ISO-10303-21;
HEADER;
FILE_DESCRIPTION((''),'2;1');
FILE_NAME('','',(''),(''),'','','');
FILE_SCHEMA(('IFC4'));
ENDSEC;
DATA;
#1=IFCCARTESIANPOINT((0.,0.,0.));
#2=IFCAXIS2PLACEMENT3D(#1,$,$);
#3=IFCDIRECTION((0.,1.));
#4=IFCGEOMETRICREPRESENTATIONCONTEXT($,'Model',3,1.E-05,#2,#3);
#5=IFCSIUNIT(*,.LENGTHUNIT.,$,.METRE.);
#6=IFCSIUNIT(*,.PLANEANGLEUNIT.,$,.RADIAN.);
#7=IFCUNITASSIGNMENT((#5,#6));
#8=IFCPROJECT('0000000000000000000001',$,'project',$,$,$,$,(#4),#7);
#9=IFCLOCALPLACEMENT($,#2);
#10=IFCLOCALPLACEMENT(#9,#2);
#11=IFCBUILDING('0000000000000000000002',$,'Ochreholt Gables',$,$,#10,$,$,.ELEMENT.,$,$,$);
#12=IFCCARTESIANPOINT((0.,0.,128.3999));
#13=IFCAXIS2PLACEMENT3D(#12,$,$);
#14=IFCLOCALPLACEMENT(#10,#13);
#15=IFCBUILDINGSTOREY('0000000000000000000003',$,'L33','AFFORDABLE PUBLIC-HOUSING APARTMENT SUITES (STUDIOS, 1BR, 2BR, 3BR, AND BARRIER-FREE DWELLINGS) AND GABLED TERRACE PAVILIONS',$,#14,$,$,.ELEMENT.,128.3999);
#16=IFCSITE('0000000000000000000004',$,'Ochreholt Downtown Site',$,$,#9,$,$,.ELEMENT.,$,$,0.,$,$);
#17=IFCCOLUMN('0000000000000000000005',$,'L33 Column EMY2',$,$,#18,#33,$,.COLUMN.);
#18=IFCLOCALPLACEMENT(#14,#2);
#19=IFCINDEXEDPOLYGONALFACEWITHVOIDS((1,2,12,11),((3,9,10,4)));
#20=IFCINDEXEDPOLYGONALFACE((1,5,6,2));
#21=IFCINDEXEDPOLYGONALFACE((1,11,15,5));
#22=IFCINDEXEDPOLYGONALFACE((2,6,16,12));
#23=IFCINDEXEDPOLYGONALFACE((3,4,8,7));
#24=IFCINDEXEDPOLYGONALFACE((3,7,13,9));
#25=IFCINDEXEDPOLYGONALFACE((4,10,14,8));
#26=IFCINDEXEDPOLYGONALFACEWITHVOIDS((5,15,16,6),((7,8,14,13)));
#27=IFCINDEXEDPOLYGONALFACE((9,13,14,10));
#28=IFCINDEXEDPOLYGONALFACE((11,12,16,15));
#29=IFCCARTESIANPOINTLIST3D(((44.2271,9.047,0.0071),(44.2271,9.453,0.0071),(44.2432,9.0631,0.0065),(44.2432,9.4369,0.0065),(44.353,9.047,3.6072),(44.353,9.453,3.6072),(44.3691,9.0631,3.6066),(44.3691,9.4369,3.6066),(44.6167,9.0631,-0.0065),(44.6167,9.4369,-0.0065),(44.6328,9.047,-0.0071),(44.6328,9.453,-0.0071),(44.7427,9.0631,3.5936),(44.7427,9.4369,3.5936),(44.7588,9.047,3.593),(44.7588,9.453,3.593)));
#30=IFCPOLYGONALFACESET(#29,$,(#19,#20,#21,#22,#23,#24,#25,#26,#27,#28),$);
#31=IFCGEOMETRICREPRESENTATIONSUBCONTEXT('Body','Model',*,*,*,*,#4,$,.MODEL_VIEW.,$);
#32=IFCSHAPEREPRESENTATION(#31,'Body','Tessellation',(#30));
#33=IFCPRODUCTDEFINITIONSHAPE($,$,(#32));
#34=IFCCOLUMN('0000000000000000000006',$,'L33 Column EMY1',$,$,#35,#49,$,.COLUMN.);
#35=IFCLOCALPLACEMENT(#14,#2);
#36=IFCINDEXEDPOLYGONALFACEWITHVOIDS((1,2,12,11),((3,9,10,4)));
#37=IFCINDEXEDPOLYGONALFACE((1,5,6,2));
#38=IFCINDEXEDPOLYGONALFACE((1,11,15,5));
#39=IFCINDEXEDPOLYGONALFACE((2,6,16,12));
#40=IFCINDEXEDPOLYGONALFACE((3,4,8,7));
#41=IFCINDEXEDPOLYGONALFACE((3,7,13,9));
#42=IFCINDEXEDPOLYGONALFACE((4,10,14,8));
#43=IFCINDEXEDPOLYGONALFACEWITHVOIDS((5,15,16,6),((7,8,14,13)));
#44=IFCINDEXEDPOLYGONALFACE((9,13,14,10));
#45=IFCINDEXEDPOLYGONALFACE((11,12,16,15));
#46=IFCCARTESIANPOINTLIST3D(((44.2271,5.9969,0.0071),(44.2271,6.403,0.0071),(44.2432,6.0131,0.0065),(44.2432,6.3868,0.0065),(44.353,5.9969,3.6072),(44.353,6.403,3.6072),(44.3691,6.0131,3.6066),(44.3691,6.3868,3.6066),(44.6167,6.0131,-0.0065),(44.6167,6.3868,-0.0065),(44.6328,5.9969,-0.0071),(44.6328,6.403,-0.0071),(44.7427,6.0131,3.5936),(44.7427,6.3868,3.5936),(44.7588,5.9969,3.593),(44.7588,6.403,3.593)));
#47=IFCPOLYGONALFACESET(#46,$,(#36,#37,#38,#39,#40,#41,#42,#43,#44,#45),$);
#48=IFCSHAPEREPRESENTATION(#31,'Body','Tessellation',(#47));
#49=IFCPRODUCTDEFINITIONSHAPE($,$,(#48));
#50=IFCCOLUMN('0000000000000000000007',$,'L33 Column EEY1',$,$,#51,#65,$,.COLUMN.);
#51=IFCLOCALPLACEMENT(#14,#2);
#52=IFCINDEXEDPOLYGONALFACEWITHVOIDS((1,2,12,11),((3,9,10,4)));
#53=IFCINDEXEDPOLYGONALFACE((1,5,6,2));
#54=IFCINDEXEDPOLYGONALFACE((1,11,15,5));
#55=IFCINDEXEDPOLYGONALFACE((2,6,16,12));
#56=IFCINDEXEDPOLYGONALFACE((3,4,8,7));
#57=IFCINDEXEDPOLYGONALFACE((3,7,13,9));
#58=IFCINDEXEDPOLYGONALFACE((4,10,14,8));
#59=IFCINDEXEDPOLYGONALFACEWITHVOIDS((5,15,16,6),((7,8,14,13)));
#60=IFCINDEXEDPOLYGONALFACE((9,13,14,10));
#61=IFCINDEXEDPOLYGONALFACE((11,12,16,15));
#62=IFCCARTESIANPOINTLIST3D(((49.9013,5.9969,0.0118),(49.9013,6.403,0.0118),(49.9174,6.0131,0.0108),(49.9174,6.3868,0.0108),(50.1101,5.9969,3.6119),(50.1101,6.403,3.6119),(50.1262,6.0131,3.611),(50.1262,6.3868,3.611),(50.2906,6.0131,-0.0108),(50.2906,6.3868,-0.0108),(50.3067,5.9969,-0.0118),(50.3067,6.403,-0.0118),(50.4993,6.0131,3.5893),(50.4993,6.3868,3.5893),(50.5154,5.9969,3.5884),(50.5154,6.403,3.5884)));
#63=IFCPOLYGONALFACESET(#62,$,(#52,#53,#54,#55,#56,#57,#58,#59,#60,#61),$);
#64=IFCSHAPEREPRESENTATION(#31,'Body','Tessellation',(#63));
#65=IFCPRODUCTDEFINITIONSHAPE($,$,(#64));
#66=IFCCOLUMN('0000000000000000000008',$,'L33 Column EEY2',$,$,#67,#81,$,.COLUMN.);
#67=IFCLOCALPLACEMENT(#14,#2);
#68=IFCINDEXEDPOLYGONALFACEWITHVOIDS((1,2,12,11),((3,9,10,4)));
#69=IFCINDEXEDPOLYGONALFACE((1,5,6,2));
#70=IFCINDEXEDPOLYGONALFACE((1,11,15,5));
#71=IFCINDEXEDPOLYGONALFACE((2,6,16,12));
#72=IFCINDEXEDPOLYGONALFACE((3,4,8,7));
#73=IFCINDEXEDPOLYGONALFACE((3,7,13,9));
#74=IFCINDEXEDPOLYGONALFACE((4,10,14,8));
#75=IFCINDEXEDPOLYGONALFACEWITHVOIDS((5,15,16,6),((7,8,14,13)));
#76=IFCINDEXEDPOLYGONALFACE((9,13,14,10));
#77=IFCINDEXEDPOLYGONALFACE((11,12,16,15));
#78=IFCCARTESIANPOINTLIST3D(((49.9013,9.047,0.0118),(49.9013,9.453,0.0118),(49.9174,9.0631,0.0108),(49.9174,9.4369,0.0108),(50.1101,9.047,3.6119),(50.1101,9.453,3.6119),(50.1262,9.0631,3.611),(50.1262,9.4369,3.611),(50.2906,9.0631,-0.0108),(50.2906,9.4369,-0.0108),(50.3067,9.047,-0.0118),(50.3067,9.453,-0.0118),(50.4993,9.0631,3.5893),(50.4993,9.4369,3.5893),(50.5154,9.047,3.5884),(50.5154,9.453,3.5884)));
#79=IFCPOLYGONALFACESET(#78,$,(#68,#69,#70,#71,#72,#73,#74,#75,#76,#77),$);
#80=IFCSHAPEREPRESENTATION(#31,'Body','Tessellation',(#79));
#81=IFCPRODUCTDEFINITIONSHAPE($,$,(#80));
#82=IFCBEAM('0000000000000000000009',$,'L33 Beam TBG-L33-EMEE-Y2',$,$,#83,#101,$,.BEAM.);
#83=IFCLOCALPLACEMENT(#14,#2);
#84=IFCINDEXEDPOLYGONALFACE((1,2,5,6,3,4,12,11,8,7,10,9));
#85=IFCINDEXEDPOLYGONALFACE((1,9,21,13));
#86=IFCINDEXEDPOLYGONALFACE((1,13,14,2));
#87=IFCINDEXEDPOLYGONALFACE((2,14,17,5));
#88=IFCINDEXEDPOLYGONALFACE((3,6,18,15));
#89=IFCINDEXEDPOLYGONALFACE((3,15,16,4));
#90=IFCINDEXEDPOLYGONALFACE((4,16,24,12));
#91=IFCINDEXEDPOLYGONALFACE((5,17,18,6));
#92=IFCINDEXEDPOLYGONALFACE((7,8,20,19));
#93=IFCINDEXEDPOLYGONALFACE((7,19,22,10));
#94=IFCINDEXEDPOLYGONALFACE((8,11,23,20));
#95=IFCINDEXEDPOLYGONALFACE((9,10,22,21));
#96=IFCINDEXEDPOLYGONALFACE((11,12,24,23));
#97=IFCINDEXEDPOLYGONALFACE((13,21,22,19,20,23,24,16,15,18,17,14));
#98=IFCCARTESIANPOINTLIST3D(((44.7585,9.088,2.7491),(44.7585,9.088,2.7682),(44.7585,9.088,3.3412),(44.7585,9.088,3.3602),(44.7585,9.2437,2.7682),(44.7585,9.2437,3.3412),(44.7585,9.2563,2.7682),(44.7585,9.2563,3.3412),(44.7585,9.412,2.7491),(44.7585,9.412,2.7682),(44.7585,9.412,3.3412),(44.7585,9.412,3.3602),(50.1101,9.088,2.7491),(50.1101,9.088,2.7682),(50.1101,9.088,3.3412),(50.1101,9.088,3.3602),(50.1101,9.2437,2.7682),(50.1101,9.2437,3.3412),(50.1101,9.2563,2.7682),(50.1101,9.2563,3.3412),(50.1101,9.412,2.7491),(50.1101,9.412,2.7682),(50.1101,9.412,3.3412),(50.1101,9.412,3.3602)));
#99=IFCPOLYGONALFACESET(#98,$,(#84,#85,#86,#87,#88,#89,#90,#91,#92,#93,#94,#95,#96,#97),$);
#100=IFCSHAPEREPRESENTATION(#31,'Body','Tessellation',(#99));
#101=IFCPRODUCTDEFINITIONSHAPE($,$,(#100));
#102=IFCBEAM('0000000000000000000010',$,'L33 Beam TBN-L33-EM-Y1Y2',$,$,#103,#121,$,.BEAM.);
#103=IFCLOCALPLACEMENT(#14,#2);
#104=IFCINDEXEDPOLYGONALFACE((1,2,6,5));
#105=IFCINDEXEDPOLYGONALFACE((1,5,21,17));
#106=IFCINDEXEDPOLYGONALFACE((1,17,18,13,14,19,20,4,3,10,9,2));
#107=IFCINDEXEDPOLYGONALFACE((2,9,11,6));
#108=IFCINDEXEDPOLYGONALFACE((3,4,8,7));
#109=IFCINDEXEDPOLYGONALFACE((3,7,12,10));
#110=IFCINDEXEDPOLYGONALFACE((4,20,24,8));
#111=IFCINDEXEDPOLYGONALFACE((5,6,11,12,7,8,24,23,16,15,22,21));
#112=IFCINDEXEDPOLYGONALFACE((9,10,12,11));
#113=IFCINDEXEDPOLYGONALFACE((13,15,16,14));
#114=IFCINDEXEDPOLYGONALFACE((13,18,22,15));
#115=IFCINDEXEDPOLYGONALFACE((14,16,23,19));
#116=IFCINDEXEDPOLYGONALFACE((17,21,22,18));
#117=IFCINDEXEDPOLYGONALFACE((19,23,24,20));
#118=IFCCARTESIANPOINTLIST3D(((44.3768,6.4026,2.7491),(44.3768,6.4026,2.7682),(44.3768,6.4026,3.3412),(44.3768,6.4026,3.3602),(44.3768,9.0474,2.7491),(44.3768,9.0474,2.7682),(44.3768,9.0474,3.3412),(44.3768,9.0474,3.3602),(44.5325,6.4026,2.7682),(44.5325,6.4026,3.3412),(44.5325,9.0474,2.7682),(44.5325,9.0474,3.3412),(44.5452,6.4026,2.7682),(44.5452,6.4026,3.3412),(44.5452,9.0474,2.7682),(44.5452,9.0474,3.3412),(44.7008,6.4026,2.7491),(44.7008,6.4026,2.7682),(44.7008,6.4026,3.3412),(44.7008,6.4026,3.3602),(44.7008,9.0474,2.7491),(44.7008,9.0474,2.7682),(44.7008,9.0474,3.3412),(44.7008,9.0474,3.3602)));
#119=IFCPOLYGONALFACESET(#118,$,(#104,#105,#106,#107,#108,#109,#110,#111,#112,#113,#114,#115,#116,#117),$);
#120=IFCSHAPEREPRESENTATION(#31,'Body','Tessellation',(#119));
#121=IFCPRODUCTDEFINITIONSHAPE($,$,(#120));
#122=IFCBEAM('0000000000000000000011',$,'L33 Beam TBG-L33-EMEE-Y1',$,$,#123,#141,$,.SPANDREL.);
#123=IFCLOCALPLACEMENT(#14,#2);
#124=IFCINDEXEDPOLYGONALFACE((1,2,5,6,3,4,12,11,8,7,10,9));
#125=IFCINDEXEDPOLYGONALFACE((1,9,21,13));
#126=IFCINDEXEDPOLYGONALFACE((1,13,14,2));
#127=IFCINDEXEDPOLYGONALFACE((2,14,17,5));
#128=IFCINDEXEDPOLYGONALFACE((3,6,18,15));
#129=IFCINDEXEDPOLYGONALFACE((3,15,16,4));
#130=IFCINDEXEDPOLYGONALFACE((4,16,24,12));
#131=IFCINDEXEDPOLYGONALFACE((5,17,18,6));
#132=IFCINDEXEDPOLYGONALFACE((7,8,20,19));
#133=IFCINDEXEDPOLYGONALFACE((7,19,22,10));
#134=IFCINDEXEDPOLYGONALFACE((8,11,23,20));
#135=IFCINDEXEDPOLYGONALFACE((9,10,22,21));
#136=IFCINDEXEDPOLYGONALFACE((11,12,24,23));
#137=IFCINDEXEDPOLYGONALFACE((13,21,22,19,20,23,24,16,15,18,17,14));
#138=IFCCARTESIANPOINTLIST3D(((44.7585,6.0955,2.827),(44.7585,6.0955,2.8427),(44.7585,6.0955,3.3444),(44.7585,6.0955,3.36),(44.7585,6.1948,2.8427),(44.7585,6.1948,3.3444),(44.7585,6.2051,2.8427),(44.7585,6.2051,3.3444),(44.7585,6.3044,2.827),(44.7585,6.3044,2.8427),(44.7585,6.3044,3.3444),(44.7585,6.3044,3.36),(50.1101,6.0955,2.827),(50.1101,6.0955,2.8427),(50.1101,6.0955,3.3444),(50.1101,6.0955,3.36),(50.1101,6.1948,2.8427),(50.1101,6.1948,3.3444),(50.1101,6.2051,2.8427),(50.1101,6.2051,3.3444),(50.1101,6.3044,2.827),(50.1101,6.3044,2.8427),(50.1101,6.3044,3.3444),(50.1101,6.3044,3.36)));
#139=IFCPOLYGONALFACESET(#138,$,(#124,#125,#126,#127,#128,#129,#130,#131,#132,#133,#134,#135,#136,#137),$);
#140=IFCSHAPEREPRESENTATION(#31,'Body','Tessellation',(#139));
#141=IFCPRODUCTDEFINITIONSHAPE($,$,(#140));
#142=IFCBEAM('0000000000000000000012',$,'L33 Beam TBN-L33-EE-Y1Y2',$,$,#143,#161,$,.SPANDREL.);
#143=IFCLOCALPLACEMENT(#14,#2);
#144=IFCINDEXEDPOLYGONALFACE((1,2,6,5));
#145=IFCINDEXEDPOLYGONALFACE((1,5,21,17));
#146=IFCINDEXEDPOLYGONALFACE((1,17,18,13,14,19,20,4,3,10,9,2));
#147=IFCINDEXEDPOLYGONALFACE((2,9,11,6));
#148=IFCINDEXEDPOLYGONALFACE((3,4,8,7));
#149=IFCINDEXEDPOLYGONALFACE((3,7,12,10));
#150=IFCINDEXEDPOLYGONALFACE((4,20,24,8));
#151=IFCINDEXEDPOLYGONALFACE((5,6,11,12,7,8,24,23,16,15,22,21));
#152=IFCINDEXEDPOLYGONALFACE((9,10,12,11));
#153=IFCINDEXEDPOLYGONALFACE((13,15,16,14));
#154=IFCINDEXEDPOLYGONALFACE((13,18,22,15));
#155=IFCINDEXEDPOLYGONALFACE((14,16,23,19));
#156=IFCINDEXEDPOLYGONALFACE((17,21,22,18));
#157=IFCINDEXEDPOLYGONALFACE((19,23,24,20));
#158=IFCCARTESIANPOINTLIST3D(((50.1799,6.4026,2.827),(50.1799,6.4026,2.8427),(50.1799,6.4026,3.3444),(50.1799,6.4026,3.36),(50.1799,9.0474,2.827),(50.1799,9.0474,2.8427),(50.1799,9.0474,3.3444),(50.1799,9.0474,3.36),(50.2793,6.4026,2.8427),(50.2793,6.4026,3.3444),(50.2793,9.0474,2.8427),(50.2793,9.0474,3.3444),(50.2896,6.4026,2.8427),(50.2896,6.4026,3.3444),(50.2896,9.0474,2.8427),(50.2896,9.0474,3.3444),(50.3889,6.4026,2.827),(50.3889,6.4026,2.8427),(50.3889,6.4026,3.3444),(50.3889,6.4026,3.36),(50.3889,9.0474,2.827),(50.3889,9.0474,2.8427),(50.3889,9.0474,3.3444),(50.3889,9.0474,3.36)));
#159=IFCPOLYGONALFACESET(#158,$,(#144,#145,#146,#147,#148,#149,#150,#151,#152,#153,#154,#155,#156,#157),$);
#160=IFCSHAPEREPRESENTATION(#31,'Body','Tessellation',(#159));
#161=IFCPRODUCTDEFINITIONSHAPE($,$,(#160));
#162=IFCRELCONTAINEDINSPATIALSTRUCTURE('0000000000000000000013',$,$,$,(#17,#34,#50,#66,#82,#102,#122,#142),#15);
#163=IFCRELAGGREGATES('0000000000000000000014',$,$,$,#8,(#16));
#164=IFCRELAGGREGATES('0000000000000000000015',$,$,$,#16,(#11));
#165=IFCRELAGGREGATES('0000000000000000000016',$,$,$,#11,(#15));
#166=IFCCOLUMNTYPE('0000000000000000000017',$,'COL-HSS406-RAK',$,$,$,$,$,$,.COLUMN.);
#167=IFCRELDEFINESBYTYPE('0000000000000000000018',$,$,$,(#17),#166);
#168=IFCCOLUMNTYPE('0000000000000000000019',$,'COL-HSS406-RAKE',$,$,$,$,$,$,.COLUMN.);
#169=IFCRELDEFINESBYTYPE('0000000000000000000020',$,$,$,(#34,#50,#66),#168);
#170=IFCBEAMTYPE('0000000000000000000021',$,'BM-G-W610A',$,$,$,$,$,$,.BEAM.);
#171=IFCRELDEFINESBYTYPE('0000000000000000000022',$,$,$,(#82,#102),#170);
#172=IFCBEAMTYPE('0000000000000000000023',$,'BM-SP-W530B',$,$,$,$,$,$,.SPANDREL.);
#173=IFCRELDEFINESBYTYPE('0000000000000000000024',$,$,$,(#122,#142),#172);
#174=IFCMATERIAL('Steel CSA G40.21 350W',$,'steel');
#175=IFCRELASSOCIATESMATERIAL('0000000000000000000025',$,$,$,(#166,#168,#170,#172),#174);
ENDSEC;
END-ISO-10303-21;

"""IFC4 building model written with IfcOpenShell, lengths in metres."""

from ifc_helpers import new_model, si_unit, direction, frame, origin, origin_2d, place, context, subcontext, project, spatial, hollow_rectangle, i_section, extrude, material, material_profile, profile_set, type_object, element, save


model = new_model("IFC4")

# Units and contexts
model_context = context("Model", 3, precision=1e-05, world=origin(), true_north=direction((0.0, 1.0)))
body_context = subcontext(model_context, "Body", "Model", "MODEL_VIEW")
ifc_project = project(units=[si_unit("LENGTHUNIT", "METRE"), si_unit("PLANEANGLEUNIT", "RADIAN")], contexts=[model_context])

# Site, building, storey
site_placement = place(None, origin())
site = spatial("IfcSite", under=ifc_project, at=site_placement, Name="Ochreholt Downtown Site", CompositionType="ELEMENT", RefElevation=0.0)
building_placement = place(site_placement, origin())
building = spatial("IfcBuilding", under=site, at=building_placement, Name="Ochreholt Gables", CompositionType="ELEMENT")
storey_placement = place(building_placement, frame((0.0, 0.0, 128.3999)))
storey = spatial("IfcBuildingStorey", under=building, at=storey_placement, Name="L33", Description="AFFORDABLE PUBLIC-HOUSING APARTMENT SUITES (STUDIOS, 1BR, 2BR, 3BR, AND BARRIER-FREE DWELLINGS) AND GABLED TERRACE PAVILIONS", CompositionType="ELEMENT", Elevation=128.3999)

# Columns
ifc_material_1 = material(Name="Steel CSA G40.21 350W", Category="steel")
ifc_material_profile_1 = material_profile(ifc_material_1, hollow_rectangle(XDim=0.406, YDim=0.406, WallThickness=0.0161, at=origin_2d()), Name="HSS406X406X16")
ifc_profile_set_1 = profile_set([ifc_material_profile_1], Name="Steel CSA G40.21 350W")
column_type_1 = type_object("IfcColumnType", Name="COL-HSS406-RAK", PredefinedType="COLUMN", material=ifc_profile_set_1)
column_1_placement = place(storey_placement, frame((44.4299, 9.25, 0.0), z_axis=(0.034971, 0.0, 0.999388), x_axis=(0.0, 1.0, 0.0)))
element("IfcColumn", 1, at=column_1_placement, inside=storey, type_object=column_type_1, Name="L33 Column EMY2", PredefinedType="COLUMN", context=body_context, shape_type="SweptSolid", body=[
    extrude(hollow_rectangle(XDim=0.406, YDim=0.406, WallThickness=0.0161, at=origin_2d()), origin(), (0.0, 0.0, 1.0), 3.6023),
])
ifc_material_profile_2 = material_profile(ifc_material_1, hollow_rectangle(XDim=0.406, YDim=0.406, WallThickness=0.0161, at=origin_2d()), Name="HSS406X406X16")
ifc_profile_set_2 = profile_set([ifc_material_profile_2], Name="Steel CSA G40.21 350W")
column_type_2 = type_object("IfcColumnType", Name="COL-HSS406-RAKE", PredefinedType="COLUMN", material=ifc_profile_set_2)
column_2_placement = place(storey_placement, frame((44.4299, 6.2, 0.0), z_axis=(0.034971, 0.0, 0.999388), x_axis=(0.0, 1.0, 0.0)))
element("IfcColumn", 2, at=column_2_placement, inside=storey, type_object=column_type_2, Name="L33 Column EMY1", PredefinedType="COLUMN", context=body_context, shape_type="SweptSolid", body=[
    extrude(hollow_rectangle(XDim=0.406, YDim=0.406, WallThickness=0.0161, at=origin_2d()), origin(), (0.0, 0.0, 1.0), 3.6023),
])
for number, where, z_axis, x_axis, name in (
    (3, (50.104, 6.2, 0.0), (0.057885, 0.0, 0.998323), (0.0, 1.0, 0.0), "L33 Column EEY1"),
    (4, (50.104, 9.25, 0.0), (0.057885, 0.0, 0.998323), (0.0, 1.0, 0.0), "L33 Column EEY2"),
):
    element("IfcColumn", number, at=place(storey_placement, frame(where, z_axis=z_axis, x_axis=x_axis)), inside=storey, type_object=column_type_2, Name=name, PredefinedType="COLUMN", context=body_context, shape_type="SweptSolid", body=[
        extrude(hollow_rectangle(XDim=0.406, YDim=0.406, WallThickness=0.0161, at=origin_2d()), origin(), (0.0, 0.0, 1.0), 3.6062),
    ])

# Beams
ifc_material_profile_3 = material_profile(ifc_material_1, i_section(OverallWidth=0.324, OverallDepth=0.6111, WebThickness=0.0127, FlangeThickness=0.019, at=origin_2d()), Name="W610X155")
ifc_profile_set_3 = profile_set([ifc_material_profile_3], Name="Steel CSA G40.21 350W")
beam_type_1 = type_object("IfcBeamType", Name="BM-G-W610A", PredefinedType="BEAM", material=ifc_profile_set_3)
beam_1_placement = place(storey_placement, frame((44.7585, 9.25, 3.0547), z_axis=(1.0, 0.0, 0.0), x_axis=(0.0, 1.0, 0.0)))
element("IfcBeam", 5, at=beam_1_placement, inside=storey, type_object=beam_type_1, Name="L33 Beam TBG-L33-EMEE-Y2", PredefinedType="BEAM", context=body_context, shape_type="SweptSolid", body=[
    extrude(i_section(OverallWidth=0.324, OverallDepth=0.6111, WebThickness=0.0127, FlangeThickness=0.019, at=origin_2d()), origin(), (0.0, 0.0, 1.0), 5.3516),
])
beam_2_placement = place(storey_placement, frame((44.5388, 6.4026, 3.0547), z_axis=(0.0, 1.0, 0.0), x_axis=(-1.0, 0.0, 0.0)))
element("IfcBeam", 6, at=beam_2_placement, inside=storey, type_object=beam_type_1, Name="L33 Beam TBN-L33-EM-Y1Y2", PredefinedType="BEAM", context=body_context, shape_type="SweptSolid", body=[
    extrude(i_section(OverallWidth=0.324, OverallDepth=0.6111, WebThickness=0.0127, FlangeThickness=0.019, at=origin_2d()), origin(), (0.0, 0.0, 1.0), 2.6448),
])
ifc_material_profile_4 = material_profile(ifc_material_1, i_section(OverallWidth=0.209, OverallDepth=0.533, WebThickness=0.0103, FlangeThickness=0.0156, at=origin_2d()), Name="W530X92")
ifc_profile_set_4 = profile_set([ifc_material_profile_4], Name="Steel CSA G40.21 350W")
beam_type_2 = type_object("IfcBeamType", Name="BM-SP-W530B", PredefinedType="SPANDREL", material=ifc_profile_set_4)
beam_3_placement = place(storey_placement, frame((44.7585, 6.2, 3.0935), z_axis=(1.0, 0.0, 0.0), x_axis=(0.0, 1.0, 0.0)))
element("IfcBeam", 7, at=beam_3_placement, inside=storey, type_object=beam_type_2, Name="L33 Beam TBG-L33-EMEE-Y1", PredefinedType="SPANDREL", context=body_context, shape_type="SweptSolid", body=[
    extrude(i_section(OverallWidth=0.209, OverallDepth=0.533, WebThickness=0.0103, FlangeThickness=0.0156, at=origin_2d()), origin(), (0.0, 0.0, 1.0), 5.3516),
])
beam_4_placement = place(storey_placement, frame((50.2844, 6.4026, 3.0935), z_axis=(0.0, 1.0, 0.0), x_axis=(-1.0, 0.0, 0.0)))
element("IfcBeam", 8, at=beam_4_placement, inside=storey, type_object=beam_type_2, Name="L33 Beam TBN-L33-EE-Y1Y2", PredefinedType="SPANDREL", context=body_context, shape_type="SweptSolid", body=[
    extrude(i_section(OverallWidth=0.209, OverallDepth=0.533, WebThickness=0.0103, FlangeThickness=0.0156, at=origin_2d()), origin(), (0.0, 0.0, 1.0), 2.6448),
])

save(model, "model.ifc")
